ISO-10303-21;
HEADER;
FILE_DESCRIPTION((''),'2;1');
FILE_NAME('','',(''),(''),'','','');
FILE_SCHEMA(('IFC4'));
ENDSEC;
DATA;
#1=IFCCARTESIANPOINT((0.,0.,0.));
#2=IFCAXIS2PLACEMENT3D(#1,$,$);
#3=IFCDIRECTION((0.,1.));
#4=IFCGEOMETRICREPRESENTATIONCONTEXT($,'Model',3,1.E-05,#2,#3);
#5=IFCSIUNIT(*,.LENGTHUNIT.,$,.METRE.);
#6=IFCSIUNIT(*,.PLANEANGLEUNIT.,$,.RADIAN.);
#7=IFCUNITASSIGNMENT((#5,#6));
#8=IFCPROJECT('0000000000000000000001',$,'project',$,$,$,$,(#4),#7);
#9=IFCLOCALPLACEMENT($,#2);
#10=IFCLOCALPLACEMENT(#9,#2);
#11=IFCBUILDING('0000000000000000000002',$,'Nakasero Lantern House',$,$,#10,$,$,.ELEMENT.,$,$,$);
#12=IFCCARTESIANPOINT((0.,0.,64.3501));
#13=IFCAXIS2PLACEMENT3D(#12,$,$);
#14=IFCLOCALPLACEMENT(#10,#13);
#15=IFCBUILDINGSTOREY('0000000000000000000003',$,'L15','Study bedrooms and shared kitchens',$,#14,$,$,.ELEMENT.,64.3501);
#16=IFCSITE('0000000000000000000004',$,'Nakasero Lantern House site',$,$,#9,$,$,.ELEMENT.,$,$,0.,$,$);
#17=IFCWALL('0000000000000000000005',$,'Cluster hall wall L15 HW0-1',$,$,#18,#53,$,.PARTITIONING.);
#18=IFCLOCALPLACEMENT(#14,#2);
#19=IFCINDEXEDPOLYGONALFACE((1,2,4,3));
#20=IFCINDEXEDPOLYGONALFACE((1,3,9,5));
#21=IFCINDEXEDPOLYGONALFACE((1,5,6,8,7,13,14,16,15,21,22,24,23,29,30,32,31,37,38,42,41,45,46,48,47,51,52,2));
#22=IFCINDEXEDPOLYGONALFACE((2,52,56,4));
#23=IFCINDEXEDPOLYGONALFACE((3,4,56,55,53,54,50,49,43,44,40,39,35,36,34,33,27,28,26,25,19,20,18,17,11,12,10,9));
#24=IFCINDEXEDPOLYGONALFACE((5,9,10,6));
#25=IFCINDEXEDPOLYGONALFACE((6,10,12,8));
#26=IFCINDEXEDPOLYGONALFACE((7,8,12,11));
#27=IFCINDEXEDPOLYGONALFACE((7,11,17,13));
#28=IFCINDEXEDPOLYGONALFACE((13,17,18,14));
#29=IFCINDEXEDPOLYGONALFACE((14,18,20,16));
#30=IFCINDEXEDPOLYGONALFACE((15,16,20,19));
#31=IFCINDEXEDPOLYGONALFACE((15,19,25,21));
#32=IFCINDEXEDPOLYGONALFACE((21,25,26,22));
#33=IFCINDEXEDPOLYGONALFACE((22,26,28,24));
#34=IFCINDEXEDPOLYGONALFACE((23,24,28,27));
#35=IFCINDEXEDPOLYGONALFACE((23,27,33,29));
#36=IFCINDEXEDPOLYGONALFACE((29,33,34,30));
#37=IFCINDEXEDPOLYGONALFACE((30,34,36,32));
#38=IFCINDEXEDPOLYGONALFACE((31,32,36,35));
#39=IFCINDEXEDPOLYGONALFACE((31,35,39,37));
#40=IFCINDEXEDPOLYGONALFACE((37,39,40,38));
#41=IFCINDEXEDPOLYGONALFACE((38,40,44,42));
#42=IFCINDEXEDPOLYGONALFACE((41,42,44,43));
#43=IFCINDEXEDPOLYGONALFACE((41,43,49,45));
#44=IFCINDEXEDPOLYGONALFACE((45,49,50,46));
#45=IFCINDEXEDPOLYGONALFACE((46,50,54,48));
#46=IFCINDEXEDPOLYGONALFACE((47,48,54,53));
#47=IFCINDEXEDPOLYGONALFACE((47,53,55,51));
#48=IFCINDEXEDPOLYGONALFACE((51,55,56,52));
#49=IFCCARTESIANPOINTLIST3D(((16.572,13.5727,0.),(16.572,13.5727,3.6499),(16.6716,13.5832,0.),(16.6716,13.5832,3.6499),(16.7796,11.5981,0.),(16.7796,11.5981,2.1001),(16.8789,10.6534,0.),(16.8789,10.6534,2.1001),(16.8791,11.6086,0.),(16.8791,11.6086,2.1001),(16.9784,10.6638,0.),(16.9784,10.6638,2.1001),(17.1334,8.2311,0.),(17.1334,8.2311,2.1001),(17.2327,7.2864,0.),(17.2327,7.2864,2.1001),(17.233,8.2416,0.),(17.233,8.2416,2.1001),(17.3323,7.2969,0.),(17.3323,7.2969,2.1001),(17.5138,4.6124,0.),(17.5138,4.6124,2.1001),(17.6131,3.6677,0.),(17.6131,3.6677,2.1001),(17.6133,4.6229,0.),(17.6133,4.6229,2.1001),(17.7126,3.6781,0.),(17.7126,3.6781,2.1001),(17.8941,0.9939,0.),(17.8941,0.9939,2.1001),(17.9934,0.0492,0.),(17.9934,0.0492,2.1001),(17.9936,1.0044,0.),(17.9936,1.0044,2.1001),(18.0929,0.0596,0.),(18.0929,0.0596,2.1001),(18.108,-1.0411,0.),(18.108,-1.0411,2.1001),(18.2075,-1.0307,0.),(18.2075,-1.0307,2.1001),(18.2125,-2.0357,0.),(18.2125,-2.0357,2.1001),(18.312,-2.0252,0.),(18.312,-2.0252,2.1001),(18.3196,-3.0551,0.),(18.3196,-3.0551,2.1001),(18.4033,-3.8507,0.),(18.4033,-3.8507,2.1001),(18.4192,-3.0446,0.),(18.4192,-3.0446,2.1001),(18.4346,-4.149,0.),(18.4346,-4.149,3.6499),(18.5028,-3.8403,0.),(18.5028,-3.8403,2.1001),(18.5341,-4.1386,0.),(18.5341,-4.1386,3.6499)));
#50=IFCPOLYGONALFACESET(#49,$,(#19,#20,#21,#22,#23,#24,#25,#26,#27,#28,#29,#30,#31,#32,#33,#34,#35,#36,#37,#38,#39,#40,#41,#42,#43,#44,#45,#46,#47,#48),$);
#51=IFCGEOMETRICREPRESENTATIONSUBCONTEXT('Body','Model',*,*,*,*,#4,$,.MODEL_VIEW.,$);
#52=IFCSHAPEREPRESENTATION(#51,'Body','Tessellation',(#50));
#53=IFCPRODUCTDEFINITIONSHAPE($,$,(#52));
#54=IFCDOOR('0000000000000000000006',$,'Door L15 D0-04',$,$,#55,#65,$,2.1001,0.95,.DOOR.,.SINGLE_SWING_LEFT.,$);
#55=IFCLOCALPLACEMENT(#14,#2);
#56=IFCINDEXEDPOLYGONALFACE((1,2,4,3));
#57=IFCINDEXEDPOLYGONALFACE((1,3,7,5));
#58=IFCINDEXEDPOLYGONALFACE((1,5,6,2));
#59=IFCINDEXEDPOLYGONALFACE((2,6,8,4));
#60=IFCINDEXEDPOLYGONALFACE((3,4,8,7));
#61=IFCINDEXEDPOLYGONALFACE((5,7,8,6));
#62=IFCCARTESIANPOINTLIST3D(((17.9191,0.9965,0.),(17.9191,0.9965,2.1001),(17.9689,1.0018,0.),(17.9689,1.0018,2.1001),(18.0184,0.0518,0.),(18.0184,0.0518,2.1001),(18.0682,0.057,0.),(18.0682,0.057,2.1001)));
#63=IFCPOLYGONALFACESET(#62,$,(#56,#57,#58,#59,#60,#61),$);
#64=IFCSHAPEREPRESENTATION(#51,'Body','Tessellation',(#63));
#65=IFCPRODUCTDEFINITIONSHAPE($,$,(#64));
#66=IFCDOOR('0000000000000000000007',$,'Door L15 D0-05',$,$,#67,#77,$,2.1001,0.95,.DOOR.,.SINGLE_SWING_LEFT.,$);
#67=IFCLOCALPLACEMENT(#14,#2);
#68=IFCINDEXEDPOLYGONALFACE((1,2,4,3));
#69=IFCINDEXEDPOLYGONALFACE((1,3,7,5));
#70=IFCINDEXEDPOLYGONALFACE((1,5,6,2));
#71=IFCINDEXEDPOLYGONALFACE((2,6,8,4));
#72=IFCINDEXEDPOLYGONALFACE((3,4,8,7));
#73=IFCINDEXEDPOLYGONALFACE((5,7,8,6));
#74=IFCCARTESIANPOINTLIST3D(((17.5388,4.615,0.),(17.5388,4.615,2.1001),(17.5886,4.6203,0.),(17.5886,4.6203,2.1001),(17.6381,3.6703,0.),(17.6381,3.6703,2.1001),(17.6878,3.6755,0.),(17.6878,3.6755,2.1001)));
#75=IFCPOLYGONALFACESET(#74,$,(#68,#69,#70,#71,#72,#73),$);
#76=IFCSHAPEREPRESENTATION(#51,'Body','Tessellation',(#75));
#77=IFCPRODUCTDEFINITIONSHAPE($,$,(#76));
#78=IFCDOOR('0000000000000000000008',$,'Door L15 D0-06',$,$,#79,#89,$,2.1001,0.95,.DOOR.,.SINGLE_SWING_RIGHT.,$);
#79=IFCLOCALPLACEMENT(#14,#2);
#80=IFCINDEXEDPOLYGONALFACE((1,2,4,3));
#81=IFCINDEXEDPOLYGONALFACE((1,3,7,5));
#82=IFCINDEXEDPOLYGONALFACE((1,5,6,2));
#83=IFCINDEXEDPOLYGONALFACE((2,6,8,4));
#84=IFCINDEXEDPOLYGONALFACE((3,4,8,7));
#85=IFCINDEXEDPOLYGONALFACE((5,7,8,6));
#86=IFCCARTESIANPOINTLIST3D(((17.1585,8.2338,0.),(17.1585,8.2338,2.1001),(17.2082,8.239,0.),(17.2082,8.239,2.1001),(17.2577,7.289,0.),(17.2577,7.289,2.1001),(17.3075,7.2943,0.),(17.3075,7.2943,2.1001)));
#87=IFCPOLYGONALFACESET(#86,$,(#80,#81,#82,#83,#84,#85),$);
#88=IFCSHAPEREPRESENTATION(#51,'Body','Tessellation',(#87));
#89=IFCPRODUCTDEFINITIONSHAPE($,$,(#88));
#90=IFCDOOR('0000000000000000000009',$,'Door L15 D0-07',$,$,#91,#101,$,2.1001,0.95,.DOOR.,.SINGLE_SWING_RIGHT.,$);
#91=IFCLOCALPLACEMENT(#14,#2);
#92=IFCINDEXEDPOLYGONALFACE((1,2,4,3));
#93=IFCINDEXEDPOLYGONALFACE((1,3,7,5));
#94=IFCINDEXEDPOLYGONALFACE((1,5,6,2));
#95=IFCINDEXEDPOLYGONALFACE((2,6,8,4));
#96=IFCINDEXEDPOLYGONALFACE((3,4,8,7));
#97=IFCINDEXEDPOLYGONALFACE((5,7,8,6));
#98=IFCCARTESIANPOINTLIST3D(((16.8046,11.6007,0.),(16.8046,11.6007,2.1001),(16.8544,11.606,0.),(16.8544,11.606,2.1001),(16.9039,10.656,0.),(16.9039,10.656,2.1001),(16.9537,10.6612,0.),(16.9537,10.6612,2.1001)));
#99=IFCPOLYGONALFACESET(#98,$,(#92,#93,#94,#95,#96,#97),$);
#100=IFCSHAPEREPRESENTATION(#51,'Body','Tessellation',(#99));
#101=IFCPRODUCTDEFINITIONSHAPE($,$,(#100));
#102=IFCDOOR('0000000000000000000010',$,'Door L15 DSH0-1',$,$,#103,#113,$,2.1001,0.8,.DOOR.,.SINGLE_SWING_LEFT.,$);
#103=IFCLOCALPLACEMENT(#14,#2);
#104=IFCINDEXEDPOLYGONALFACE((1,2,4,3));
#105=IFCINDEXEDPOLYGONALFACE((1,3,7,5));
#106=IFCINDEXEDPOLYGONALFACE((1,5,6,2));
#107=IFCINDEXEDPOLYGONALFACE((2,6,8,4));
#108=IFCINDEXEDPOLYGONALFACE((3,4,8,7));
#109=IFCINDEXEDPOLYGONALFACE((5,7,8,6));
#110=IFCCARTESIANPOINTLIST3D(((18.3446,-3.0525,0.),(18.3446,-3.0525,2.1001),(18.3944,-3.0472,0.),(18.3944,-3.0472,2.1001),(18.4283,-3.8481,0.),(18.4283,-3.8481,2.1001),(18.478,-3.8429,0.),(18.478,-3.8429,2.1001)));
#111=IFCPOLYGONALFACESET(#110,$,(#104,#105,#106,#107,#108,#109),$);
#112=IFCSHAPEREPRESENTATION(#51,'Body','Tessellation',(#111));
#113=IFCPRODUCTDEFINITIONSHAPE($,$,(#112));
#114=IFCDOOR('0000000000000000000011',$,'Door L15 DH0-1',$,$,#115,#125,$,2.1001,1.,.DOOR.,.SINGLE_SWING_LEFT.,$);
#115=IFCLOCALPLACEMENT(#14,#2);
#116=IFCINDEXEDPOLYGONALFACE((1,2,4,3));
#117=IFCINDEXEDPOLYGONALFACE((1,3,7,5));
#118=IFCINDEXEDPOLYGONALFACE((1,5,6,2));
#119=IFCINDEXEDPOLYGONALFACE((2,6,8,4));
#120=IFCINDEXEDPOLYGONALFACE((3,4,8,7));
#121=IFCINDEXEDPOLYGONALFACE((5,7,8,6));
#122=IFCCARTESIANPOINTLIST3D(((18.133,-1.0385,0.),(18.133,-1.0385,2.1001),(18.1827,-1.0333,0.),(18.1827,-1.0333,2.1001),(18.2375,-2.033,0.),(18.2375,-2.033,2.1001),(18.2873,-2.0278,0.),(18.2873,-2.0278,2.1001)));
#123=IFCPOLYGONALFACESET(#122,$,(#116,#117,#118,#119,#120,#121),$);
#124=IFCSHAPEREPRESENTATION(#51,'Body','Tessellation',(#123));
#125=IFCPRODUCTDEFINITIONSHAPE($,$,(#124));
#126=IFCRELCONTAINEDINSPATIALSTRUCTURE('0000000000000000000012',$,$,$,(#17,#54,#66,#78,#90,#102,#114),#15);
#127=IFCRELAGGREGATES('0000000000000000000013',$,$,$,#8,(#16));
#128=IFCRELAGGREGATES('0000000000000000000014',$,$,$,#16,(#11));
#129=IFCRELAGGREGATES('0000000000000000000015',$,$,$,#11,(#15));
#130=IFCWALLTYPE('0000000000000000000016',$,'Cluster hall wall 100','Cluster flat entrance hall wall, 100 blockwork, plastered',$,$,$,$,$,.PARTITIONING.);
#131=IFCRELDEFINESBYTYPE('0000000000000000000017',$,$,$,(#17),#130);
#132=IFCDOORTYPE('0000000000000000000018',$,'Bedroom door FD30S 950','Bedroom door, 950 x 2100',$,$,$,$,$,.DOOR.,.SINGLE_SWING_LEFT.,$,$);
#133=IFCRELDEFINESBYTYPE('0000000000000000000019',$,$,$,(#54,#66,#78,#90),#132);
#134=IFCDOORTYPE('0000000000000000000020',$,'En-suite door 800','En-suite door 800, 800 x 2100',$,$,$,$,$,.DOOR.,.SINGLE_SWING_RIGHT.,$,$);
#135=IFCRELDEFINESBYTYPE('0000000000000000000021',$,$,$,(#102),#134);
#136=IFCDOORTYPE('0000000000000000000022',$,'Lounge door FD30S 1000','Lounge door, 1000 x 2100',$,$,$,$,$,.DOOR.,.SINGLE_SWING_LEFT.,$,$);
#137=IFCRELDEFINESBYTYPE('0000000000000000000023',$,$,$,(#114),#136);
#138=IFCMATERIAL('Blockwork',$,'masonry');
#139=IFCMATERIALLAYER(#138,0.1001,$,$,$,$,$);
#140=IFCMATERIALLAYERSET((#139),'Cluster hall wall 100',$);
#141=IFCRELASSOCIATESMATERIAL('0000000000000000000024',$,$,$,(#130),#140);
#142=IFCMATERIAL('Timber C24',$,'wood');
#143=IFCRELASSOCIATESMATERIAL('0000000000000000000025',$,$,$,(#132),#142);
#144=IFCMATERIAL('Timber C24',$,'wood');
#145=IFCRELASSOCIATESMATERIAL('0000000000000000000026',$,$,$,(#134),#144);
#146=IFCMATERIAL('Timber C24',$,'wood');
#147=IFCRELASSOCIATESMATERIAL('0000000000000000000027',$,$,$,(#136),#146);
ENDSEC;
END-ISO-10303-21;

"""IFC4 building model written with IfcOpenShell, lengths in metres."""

from ifc_helpers import new_model, si_unit, direction, frame, frame_2d, origin, place, context, subcontext, project, spatial, rectangle, extrude, material, layer, layer_set, type_object, element, fill, save


model = new_model("IFC4")

# Units and contexts
model_context = context("Model", 3, precision=1e-05, world=origin(), true_north=direction((0.0, 1.0)))
body_context = subcontext(model_context, "Body", "Model", "MODEL_VIEW")
ifc_project = project(units=[si_unit("LENGTHUNIT", "METRE"), si_unit("PLANEANGLEUNIT", "RADIAN")], contexts=[model_context])

# Site, building, storey
site_placement = place(None, origin())
site = spatial("IfcSite", under=ifc_project, at=site_placement, Name="Nakasero Lantern House site", CompositionType="ELEMENT", RefElevation=0.0)
building_placement = place(site_placement, origin())
building = spatial("IfcBuilding", under=site, at=building_placement, Name="Nakasero Lantern House", CompositionType="ELEMENT")
storey_placement = place(building_placement, frame((0.0, 0.0, 64.3501)))
storey = spatial("IfcBuildingStorey", under=building, at=storey_placement, Name="L15", Description="Study bedrooms and shared kitchens", CompositionType="ELEMENT", Elevation=64.3501)

# Wall, openings, doors
ifc_material_1 = material(Name="Blockwork", Category="masonry")
ifc_layer_1 = layer(ifc_material_1, 0.1001)
ifc_layer_set_1 = layer_set([ifc_layer_1], Name="Cluster hall wall 100")
wall_type_1 = type_object("IfcWallType", Name="Cluster hall wall 100", Description="Cluster flat entrance hall wall, 100 blockwork, plastered", PredefinedType="PARTITIONING", material=ifc_layer_set_1)
wall_1_placement = place(storey_placement, frame((18.4844, -4.1438, 0.0), z_axis=(0.0, 0.0, 1.0), x_axis=(-0.104524, 0.994522, 0.0)))
wall_1 = element("IfcWall", 1, at=wall_1_placement, inside=storey, type_object=wall_type_1, Name="Cluster hall wall L15 HW0-1", PredefinedType="PARTITIONING", context=body_context, shape_type="SweptSolid", body=[
    extrude(rectangle(XDim=17.8193, YDim=0.1001, at=frame_2d((8.9097, 0.0))), origin(), (0.0, 0.0, 1.0), 3.6499),
])
opening_1_placement = place(wall_1_placement, frame((2.125, 0.0, 0.0)))
opening_1 = element("IfcOpeningElement", 2, at=opening_1_placement, cuts=wall_1, PredefinedType="OPENING", context=body_context, shape_type="SweptSolid", body=[
    extrude(rectangle(XDim=1.0, YDim=2.1001, at=frame_2d((0.5, 1.05))), frame((0.0, 0.0701, 0.0), z_axis=(0.0, -1.0, 0.0), x_axis=(1.0, 0.0, 0.0)), (0.0, 0.0, 1.0), 0.1401),
])
opening_2_placement = place(wall_1_placement, frame((0.3, 0.0, 0.0)))
opening_2 = element("IfcOpeningElement", 3, at=opening_2_placement, cuts=wall_1, PredefinedType="OPENING", context=body_context, shape_type="SweptSolid", body=[
    extrude(rectangle(XDim=0.8, YDim=2.1001, at=frame_2d((0.3999, 1.05))), frame((0.0, 0.0701, 0.0), z_axis=(0.0, -1.0, 0.0), x_axis=(1.0, 0.0, 0.0)), (0.0, 0.0, 1.0), 0.1401),
])
opening_3_placement = place(wall_1_placement, frame((4.2212, 0.0, 0.0)))
opening_3 = element("IfcOpeningElement", 4, at=opening_3_placement, cuts=wall_1, PredefinedType="OPENING", context=body_context, shape_type="SweptSolid", body=[
    extrude(rectangle(XDim=0.95, YDim=2.1001, at=frame_2d((0.4751, 1.05))), frame((0.0, 0.0701, 0.0), z_axis=(0.0, -1.0, 0.0), x_axis=(1.0, 0.0, 0.0)), (0.0, 0.0, 1.0), 0.1401),
])
opening_4_placement = place(wall_1_placement, frame((7.8596, 0.0, 0.0)))
opening_4 = element("IfcOpeningElement", 5, at=opening_4_placement, cuts=wall_1, PredefinedType="OPENING", context=body_context, shape_type="SweptSolid", body=[
    extrude(rectangle(XDim=0.95, YDim=2.1001, at=frame_2d((0.4751, 1.05))), frame((0.0, 0.0701, 0.0), z_axis=(0.0, -1.0, 0.0), x_axis=(1.0, 0.0, 0.0)), (0.0, 0.0, 1.0), 0.1401),
])
opening_5_placement = place(wall_1_placement, frame((11.4983, 0.0, 0.0)))
opening_5 = element("IfcOpeningElement", 6, at=opening_5_placement, cuts=wall_1, PredefinedType="OPENING", context=body_context, shape_type="SweptSolid", body=[
    extrude(rectangle(XDim=0.95, YDim=2.1001, at=frame_2d((0.4751, 1.05))), frame((0.0, 0.0701, 0.0), z_axis=(0.0, -1.0, 0.0), x_axis=(1.0, 0.0, 0.0)), (0.0, 0.0, 1.0), 0.1401),
])
opening_6_placement = place(wall_1_placement, frame((14.8838, 0.0, 0.0)))
opening_6 = element("IfcOpeningElement", 7, at=opening_6_placement, cuts=wall_1, PredefinedType="OPENING", context=body_context, shape_type="SweptSolid", body=[
    extrude(rectangle(XDim=0.95, YDim=2.1001, at=frame_2d((0.4751, 1.05))), frame((0.0, 0.0701, 0.0), z_axis=(0.0, -1.0, 0.0), x_axis=(1.0, 0.0, 0.0)), (0.0, 0.0, 1.0), 0.1401),
])
ifc_material_2 = material(Name="Timber C24", Category="wood")
door_type_1 = type_object("IfcDoorType", Name="Bedroom door FD30S 950", Description="Bedroom door, 950 x 2100", OperationType="SINGLE_SWING_LEFT", PredefinedType="DOOR", material=ifc_material_2)
door_1_placement = place(opening_3_placement, origin())
door_1 = element("IfcDoor", 8, at=door_1_placement, inside=storey, type_object=door_type_1, Name="Door L15 D0-04", OperationType="SINGLE_SWING_LEFT", OverallHeight=2.1001, OverallWidth=0.95, PredefinedType="DOOR", context=body_context, shape_type="SweptSolid", body=[
    extrude(rectangle(XDim=0.95, YDim=2.1001, at=frame_2d((0.4751, 1.05))), frame((0.0, 0.0249, 0.0), z_axis=(0.0, -1.0, 0.0), x_axis=(1.0, 0.0, 0.0)), (0.0, 0.0, 1.0), 0.05),
])
fill(opening_3, door_1)
door_2_placement = place(opening_4_placement, origin())
door_2 = element("IfcDoor", 9, at=door_2_placement, inside=storey, type_object=door_type_1, Name="Door L15 D0-05", OperationType="SINGLE_SWING_LEFT", OverallHeight=2.1001, OverallWidth=0.95, PredefinedType="DOOR", context=body_context, shape_type="SweptSolid", body=[
    extrude(rectangle(XDim=0.95, YDim=2.1001, at=frame_2d((0.4751, 1.05))), frame((0.0, 0.0249, 0.0), z_axis=(0.0, -1.0, 0.0), x_axis=(1.0, 0.0, 0.0)), (0.0, 0.0, 1.0), 0.05),
])
fill(opening_4, door_2)
door_3_placement = place(opening_5_placement, origin())
door_3 = element("IfcDoor", 10, at=door_3_placement, inside=storey, type_object=door_type_1, Name="Door L15 D0-06", OperationType="SINGLE_SWING_RIGHT", OverallHeight=2.1001, OverallWidth=0.95, PredefinedType="DOOR", context=body_context, shape_type="SweptSolid", body=[
    extrude(rectangle(XDim=0.95, YDim=2.1001, at=frame_2d((0.4751, 1.05))), frame((0.0, 0.0249, 0.0), z_axis=(0.0, -1.0, 0.0), x_axis=(1.0, 0.0, 0.0)), (0.0, 0.0, 1.0), 0.05),
])
fill(opening_5, door_3)
door_4_placement = place(opening_6_placement, origin())
door_4 = element("IfcDoor", 11, at=door_4_placement, inside=storey, type_object=door_type_1, Name="Door L15 D0-07", OperationType="SINGLE_SWING_RIGHT", OverallHeight=2.1001, OverallWidth=0.95, PredefinedType="DOOR", context=body_context, shape_type="SweptSolid", body=[
    extrude(rectangle(XDim=0.95, YDim=2.1001, at=frame_2d((0.4751, 1.05))), frame((0.0, 0.0249, 0.0), z_axis=(0.0, -1.0, 0.0), x_axis=(1.0, 0.0, 0.0)), (0.0, 0.0, 1.0), 0.05),
])
fill(opening_6, door_4)
ifc_material_3 = material(Name="Timber C24", Category="wood")
door_type_2 = type_object("IfcDoorType", Name="En-suite door 800", Description="En-suite door 800, 800 x 2100", OperationType="SINGLE_SWING_RIGHT", PredefinedType="DOOR", material=ifc_material_3)
door_5_placement = place(opening_2_placement, origin())
door_5 = element("IfcDoor", 12, at=door_5_placement, inside=storey, type_object=door_type_2, Name="Door L15 DSH0-1", OperationType="SINGLE_SWING_LEFT", OverallHeight=2.1001, OverallWidth=0.8, PredefinedType="DOOR", context=body_context, shape_type="SweptSolid", body=[
    extrude(rectangle(XDim=0.8, YDim=2.1001, at=frame_2d((0.3999, 1.05))), frame((0.0, 0.0249, 0.0), z_axis=(0.0, -1.0, 0.0), x_axis=(1.0, 0.0, 0.0)), (0.0, 0.0, 1.0), 0.05),
])
fill(opening_2, door_5)
ifc_material_4 = material(Name="Timber C24", Category="wood")
door_type_3 = type_object("IfcDoorType", Name="Lounge door FD30S 1000", Description="Lounge door, 1000 x 2100", OperationType="SINGLE_SWING_LEFT", PredefinedType="DOOR", material=ifc_material_4)
door_6_placement = place(opening_1_placement, origin())
door_6 = element("IfcDoor", 13, at=door_6_placement, inside=storey, type_object=door_type_3, Name="Door L15 DH0-1", OperationType="SINGLE_SWING_LEFT", OverallHeight=2.1001, OverallWidth=1.0, PredefinedType="DOOR", context=body_context, shape_type="SweptSolid", body=[
    extrude(rectangle(XDim=1.0, YDim=2.1001, at=frame_2d((0.5, 1.05))), frame((0.0, 0.0249, 0.0), z_axis=(0.0, -1.0, 0.0), x_axis=(1.0, 0.0, 0.0)), (0.0, 0.0, 1.0), 0.05),
])
fill(opening_1, door_6)

save(model, "model.ifc")
